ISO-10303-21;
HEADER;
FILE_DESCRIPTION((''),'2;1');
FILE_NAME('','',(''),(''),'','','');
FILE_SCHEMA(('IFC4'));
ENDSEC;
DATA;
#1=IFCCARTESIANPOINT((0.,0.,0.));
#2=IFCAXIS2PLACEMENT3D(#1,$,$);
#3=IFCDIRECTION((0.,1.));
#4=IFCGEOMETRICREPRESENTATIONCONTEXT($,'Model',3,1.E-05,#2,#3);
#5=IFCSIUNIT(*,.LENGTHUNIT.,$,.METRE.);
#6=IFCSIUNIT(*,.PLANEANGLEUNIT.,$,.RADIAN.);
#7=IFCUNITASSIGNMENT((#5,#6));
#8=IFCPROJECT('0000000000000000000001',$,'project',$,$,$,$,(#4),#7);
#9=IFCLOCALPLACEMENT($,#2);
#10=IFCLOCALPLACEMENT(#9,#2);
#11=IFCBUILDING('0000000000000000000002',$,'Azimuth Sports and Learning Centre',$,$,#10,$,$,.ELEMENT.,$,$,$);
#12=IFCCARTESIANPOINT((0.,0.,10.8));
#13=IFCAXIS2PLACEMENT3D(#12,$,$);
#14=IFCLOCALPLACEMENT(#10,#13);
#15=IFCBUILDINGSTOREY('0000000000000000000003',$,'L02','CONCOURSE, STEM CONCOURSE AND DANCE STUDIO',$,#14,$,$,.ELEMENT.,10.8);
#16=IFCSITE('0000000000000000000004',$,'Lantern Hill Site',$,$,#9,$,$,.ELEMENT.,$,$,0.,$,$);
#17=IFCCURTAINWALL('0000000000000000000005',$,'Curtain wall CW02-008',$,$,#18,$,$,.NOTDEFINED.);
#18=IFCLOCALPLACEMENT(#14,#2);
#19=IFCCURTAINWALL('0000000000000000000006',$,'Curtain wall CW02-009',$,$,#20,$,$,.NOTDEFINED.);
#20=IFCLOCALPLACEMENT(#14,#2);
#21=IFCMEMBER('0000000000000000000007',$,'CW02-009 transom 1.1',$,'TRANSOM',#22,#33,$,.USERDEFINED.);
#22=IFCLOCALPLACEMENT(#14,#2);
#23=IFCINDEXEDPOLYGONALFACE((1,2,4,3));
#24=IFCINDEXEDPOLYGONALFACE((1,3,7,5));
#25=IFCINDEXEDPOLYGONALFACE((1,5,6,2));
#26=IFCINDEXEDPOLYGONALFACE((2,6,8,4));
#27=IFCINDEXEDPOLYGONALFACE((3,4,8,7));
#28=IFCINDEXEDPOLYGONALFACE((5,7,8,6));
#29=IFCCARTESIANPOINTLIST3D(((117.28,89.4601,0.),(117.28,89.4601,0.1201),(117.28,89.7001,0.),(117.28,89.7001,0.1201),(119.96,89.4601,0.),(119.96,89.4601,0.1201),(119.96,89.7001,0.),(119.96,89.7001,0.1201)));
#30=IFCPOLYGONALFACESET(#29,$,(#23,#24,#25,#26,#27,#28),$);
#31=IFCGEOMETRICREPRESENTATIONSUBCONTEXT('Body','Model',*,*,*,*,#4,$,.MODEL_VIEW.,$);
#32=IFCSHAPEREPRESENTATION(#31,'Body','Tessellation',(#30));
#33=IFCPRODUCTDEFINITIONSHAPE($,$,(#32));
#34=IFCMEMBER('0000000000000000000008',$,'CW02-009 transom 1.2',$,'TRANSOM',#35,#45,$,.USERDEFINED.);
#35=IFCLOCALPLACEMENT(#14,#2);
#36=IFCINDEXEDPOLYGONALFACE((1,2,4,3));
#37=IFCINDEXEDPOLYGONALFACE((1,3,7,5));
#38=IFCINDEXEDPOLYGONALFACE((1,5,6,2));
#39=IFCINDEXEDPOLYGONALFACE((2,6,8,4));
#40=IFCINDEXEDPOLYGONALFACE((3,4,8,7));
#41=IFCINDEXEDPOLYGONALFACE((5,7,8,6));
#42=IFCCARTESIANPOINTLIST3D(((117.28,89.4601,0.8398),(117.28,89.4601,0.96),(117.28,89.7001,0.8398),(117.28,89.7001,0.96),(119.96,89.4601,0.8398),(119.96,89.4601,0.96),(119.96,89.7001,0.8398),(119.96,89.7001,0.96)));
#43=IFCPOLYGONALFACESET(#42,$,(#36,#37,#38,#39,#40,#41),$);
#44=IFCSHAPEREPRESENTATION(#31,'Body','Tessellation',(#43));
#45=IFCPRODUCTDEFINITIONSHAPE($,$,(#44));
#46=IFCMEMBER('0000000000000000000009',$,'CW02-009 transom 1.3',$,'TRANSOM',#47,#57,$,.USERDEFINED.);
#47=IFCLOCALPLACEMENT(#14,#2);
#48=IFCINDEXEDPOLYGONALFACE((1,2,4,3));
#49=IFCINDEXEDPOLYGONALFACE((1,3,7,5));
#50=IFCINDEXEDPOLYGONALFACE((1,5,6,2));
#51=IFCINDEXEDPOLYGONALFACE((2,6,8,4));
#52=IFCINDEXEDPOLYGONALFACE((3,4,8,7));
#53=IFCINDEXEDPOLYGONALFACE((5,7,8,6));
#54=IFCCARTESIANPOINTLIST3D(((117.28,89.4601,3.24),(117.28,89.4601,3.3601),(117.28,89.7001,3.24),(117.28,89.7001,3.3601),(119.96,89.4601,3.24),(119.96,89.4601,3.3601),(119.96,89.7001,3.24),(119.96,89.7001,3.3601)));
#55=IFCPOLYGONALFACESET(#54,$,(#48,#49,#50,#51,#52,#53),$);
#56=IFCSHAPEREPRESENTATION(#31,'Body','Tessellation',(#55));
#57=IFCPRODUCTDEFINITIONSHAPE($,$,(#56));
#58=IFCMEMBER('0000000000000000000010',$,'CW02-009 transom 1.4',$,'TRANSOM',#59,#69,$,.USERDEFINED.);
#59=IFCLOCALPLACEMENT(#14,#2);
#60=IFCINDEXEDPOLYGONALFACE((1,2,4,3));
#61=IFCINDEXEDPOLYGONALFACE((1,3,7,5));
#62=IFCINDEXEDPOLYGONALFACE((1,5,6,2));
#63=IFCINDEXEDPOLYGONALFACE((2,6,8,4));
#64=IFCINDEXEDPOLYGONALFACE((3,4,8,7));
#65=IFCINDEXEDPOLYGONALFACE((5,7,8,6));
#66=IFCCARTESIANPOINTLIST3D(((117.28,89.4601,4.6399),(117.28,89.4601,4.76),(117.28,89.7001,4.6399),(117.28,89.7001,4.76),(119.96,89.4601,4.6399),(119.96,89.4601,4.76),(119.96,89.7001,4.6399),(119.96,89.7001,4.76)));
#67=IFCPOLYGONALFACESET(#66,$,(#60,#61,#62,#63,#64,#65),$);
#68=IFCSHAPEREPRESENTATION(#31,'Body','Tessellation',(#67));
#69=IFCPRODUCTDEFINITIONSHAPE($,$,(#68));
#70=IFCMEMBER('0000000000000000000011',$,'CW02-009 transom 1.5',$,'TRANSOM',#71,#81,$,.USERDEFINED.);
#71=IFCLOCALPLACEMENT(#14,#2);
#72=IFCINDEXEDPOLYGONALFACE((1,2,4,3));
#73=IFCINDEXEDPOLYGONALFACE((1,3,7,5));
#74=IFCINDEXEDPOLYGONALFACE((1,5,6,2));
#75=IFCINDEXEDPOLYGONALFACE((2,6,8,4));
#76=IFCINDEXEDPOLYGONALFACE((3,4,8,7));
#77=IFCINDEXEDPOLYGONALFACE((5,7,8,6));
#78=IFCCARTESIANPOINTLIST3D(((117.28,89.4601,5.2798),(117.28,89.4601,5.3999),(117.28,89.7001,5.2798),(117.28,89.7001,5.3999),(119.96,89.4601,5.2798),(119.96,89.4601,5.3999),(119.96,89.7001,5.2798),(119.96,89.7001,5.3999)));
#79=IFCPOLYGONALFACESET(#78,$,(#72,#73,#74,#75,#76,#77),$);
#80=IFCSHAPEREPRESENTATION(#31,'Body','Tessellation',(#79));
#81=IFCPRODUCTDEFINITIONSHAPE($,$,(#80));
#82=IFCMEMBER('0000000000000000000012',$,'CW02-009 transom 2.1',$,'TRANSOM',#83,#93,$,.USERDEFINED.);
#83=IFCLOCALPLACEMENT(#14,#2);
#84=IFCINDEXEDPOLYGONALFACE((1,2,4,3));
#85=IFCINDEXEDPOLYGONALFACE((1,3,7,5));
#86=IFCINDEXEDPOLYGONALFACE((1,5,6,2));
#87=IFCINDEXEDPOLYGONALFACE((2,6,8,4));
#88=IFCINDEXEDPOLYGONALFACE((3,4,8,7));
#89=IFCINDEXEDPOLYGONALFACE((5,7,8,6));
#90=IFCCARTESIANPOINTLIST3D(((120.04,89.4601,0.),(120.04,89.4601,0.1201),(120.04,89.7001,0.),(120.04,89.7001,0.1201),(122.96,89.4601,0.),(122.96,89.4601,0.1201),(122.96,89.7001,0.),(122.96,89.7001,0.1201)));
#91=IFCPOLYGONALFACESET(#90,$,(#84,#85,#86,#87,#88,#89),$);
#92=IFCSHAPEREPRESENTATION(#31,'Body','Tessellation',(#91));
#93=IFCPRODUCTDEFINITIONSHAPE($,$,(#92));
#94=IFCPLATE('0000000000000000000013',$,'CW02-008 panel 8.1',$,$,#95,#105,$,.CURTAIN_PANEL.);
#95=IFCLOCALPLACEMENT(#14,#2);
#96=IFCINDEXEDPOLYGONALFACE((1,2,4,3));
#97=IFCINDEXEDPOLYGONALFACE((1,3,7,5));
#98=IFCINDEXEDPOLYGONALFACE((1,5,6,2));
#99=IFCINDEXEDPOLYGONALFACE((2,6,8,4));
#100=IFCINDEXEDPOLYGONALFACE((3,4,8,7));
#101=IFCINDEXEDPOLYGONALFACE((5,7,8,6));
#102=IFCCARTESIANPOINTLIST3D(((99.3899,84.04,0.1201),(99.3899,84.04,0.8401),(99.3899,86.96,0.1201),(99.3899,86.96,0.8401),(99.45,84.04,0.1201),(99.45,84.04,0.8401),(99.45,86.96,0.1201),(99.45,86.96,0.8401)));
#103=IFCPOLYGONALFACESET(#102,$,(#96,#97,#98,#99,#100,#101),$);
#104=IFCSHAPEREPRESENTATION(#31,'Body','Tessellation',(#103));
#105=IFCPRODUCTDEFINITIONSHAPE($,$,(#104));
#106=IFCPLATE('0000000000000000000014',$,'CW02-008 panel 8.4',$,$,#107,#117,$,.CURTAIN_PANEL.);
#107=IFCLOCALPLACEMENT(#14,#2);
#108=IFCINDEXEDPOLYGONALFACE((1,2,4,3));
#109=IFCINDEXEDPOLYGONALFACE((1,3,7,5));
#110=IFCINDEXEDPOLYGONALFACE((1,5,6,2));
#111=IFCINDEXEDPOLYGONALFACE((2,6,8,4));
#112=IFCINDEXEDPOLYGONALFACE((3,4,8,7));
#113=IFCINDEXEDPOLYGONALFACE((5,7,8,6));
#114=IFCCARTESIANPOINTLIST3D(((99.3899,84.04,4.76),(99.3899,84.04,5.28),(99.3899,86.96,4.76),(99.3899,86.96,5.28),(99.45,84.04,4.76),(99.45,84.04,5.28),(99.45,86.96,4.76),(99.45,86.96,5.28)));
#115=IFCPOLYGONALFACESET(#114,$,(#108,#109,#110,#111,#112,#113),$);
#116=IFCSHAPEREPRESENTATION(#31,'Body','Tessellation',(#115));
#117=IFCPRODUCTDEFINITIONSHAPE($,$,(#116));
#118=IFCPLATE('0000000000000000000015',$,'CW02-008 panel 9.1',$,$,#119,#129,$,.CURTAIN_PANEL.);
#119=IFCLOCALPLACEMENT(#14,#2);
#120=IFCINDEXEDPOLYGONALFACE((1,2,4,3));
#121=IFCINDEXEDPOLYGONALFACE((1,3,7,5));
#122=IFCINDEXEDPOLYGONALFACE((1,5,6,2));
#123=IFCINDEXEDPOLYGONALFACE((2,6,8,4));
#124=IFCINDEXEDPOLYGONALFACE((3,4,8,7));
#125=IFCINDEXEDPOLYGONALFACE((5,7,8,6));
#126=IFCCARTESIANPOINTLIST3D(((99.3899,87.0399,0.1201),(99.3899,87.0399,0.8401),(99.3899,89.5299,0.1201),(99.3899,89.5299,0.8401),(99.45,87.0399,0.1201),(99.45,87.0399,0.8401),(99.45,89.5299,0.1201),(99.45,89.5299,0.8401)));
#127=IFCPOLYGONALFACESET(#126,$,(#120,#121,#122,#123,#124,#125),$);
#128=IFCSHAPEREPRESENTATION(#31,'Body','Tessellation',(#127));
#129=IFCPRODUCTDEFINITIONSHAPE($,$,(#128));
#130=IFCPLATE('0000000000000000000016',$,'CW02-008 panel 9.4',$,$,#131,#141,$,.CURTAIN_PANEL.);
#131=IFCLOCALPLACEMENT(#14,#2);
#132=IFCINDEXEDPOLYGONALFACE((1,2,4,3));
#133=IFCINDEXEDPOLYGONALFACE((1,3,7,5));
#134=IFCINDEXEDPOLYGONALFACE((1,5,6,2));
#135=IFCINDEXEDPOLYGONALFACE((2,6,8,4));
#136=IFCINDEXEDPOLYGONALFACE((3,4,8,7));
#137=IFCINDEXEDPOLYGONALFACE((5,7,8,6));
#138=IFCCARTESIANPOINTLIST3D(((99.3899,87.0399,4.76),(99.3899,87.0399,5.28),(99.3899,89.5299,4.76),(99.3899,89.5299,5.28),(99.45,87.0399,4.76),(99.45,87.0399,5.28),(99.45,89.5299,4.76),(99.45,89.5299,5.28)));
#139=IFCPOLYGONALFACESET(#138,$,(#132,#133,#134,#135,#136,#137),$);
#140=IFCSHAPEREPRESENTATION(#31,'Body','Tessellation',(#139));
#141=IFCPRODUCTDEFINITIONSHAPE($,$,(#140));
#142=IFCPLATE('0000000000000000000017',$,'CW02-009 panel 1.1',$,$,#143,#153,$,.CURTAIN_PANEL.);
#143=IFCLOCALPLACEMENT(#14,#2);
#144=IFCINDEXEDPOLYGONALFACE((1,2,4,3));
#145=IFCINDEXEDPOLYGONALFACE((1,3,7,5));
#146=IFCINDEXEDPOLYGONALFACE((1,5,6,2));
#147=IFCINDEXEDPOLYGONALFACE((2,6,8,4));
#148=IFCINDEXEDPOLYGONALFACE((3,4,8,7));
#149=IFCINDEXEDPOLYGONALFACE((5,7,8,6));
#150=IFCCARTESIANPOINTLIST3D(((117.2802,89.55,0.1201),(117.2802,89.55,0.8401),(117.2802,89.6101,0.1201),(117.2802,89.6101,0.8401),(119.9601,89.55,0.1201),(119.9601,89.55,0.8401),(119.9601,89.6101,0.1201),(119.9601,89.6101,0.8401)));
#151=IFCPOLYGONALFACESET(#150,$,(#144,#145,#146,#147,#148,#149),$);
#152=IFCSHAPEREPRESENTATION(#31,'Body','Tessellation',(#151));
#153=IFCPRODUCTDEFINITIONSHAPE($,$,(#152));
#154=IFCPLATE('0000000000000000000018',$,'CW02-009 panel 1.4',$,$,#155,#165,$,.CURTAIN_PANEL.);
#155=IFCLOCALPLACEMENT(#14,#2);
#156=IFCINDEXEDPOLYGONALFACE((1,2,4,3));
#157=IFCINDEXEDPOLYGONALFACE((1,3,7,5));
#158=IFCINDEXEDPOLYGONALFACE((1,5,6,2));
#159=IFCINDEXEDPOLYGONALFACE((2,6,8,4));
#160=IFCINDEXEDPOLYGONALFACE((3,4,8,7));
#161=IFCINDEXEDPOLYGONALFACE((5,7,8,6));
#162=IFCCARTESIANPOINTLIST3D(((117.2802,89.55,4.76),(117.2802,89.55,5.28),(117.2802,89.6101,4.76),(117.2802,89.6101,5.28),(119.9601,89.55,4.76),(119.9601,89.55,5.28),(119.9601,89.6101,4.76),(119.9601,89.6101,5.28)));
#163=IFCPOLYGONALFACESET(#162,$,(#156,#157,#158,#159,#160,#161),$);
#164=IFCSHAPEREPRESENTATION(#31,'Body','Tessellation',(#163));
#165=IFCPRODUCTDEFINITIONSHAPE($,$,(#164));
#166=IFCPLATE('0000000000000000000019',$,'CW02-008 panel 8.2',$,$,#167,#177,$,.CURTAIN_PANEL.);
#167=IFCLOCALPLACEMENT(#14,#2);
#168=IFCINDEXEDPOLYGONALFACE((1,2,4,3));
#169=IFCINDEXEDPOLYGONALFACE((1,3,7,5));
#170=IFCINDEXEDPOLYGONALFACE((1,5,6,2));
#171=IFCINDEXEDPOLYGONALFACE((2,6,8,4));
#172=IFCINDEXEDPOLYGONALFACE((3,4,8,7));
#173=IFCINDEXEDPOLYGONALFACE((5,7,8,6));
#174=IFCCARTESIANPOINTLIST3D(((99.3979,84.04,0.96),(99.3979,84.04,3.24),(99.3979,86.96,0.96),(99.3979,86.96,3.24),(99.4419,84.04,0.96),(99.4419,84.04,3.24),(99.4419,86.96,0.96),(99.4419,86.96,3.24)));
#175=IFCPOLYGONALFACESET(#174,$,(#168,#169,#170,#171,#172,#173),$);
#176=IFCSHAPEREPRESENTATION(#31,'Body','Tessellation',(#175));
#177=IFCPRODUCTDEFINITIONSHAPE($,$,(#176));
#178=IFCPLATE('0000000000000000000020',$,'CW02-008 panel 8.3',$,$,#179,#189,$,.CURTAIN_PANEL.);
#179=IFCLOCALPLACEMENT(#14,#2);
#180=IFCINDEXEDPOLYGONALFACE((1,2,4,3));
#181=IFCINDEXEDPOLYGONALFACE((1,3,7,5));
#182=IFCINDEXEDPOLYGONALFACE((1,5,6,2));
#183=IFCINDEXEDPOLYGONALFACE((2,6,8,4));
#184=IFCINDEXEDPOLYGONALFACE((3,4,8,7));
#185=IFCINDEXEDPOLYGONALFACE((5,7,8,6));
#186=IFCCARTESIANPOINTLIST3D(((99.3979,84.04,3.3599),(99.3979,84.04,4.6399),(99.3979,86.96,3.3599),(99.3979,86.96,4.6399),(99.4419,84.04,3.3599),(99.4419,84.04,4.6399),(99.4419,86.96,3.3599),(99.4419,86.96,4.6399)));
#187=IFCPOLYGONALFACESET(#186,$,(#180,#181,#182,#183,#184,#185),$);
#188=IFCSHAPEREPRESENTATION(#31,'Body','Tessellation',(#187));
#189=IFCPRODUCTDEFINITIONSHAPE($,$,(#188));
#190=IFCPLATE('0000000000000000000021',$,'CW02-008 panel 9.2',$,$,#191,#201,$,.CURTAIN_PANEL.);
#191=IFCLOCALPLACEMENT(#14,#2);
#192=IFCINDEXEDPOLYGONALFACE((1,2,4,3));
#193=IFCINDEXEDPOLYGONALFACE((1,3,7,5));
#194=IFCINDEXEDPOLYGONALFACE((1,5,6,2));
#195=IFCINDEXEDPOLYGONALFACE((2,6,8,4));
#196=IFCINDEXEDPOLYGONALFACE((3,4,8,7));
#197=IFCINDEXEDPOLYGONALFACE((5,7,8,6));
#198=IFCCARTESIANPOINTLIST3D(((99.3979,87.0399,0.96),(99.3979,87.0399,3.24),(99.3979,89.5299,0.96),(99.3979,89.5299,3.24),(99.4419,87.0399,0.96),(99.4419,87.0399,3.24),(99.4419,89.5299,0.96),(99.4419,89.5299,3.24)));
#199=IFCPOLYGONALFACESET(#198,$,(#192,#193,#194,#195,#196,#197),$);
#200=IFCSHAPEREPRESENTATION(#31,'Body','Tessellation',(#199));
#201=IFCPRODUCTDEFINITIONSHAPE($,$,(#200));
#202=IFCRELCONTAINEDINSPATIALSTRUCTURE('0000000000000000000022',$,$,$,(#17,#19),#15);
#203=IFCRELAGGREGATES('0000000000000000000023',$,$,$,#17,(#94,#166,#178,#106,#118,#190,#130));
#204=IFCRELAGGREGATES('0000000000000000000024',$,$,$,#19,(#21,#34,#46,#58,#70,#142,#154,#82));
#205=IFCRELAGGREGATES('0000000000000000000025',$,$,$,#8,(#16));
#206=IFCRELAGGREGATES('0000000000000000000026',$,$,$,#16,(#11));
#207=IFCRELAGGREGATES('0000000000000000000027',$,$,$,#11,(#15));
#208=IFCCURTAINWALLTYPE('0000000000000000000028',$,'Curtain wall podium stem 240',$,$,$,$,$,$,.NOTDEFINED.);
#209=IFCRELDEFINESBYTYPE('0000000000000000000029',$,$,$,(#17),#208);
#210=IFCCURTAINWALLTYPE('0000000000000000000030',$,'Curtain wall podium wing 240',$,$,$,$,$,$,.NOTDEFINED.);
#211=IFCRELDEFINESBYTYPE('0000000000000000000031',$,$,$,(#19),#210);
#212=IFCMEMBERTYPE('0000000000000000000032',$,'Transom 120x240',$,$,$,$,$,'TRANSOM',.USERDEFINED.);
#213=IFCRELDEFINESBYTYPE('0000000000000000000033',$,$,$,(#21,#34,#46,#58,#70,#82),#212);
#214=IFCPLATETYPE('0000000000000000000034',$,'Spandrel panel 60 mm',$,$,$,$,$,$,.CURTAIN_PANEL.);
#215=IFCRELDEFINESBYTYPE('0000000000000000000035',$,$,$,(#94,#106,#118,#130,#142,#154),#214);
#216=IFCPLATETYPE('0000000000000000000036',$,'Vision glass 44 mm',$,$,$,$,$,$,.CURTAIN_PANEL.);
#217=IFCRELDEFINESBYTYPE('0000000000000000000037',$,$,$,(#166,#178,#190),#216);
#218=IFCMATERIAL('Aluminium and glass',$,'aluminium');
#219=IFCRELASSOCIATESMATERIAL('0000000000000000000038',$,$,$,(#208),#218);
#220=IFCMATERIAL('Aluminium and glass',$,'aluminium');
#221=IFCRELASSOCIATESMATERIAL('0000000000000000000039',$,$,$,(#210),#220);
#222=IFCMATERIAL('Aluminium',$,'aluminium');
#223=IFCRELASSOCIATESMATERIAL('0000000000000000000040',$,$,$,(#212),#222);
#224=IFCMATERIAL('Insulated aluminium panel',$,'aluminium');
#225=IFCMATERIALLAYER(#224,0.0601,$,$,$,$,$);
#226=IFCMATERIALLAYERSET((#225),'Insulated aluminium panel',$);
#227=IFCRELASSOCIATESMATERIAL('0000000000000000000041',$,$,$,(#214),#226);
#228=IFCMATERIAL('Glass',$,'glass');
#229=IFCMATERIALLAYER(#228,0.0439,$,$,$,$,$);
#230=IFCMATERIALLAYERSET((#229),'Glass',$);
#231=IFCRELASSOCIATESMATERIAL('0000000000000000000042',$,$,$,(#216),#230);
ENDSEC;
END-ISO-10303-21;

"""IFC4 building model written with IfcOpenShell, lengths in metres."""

from ifc_helpers import new_model, si_unit, direction, frame, origin, origin_2d, place, context, subcontext, project, spatial, rectangle, extrude, material, layer, layer_set, material_profile, profile_set, type_object, element, aggregate, save


model = new_model("IFC4")

# Units and contexts
model_context = context("Model", 3, precision=1e-05, world=origin(), true_north=direction((0.0, 1.0)))
body_context = subcontext(model_context, "Body", "Model", "MODEL_VIEW")
ifc_project = project(units=[si_unit("LENGTHUNIT", "METRE"), si_unit("PLANEANGLEUNIT", "RADIAN")], contexts=[model_context])

# Site, building, storey
site_placement = place(None, origin())
site = spatial("IfcSite", under=ifc_project, at=site_placement, Name="Lantern Hill Site", CompositionType="ELEMENT", RefElevation=0.0)
building_placement = place(site_placement, origin())
building = spatial("IfcBuilding", under=site, at=building_placement, Name="Azimuth Sports and Learning Centre", CompositionType="ELEMENT")
storey_placement = place(building_placement, frame((0.0, 0.0, 10.8)))
storey = spatial("IfcBuildingStorey", under=building, at=storey_placement, Name="L02", Description="CONCOURSE, STEM CONCOURSE AND DANCE STUDIO", CompositionType="ELEMENT", Elevation=10.8)

# Curtain walls
ifc_material_1 = material(Name="Aluminium and glass", Category="aluminium")
curtain_wall_type_1 = type_object("IfcCurtainWallType", Name="Curtain wall podium stem 240", PredefinedType="NOTDEFINED", material=ifc_material_1)
curtain_wall_1_placement = place(storey_placement, origin())
curtain_wall_1 = element("IfcCurtainWall", 1, at=curtain_wall_1_placement, inside=storey, type_object=curtain_wall_type_1, Name="Curtain wall CW02-008", PredefinedType="NOTDEFINED")
ifc_material_2 = material(Name="Aluminium and glass", Category="aluminium")
curtain_wall_type_2 = type_object("IfcCurtainWallType", Name="Curtain wall podium wing 240", PredefinedType="NOTDEFINED", material=ifc_material_2)
curtain_wall_2_placement = place(storey_placement, origin())
curtain_wall_2 = element("IfcCurtainWall", 2, at=curtain_wall_2_placement, inside=storey, type_object=curtain_wall_type_2, Name="Curtain wall CW02-009", PredefinedType="NOTDEFINED")

# Members
ifc_material_3 = material(Name="Aluminium", Category="aluminium")
ifc_material_profile_1 = material_profile(ifc_material_3, rectangle(XDim=0.24, YDim=0.1201, at=origin_2d()), Name="Transom 120x240")
ifc_profile_set_1 = profile_set([ifc_material_profile_1], Name="Aluminium")
member_type_1 = type_object("IfcMemberType", Name="Transom 120x240", ElementType="TRANSOM", PredefinedType="USERDEFINED", material=ifc_profile_set_1)
member_1_placement = place(storey_placement, frame((117.28, 89.5801, 0.0601), z_axis=(1.0, 0.0, 0.0), x_axis=(0.0, 1.0, 0.0)))
member_1 = element("IfcMember", 3, at=member_1_placement, type_object=member_type_1, Name="CW02-009 transom 1.1", ObjectType="TRANSOM", PredefinedType="USERDEFINED", context=body_context, shape_type="SweptSolid", body=[
    extrude(rectangle(XDim=0.24, YDim=0.1201, at=origin_2d()), origin(), (0.0, 0.0, 1.0), 2.6799),
])
member_2_placement = place(storey_placement, frame((117.28, 89.5801, 0.8999), z_axis=(1.0, 0.0, 0.0), x_axis=(0.0, 1.0, 0.0)))
member_2 = element("IfcMember", 4, at=member_2_placement, type_object=member_type_1, Name="CW02-009 transom 1.2", ObjectType="TRANSOM", PredefinedType="USERDEFINED", context=body_context, shape_type="SweptSolid", body=[
    extrude(rectangle(XDim=0.24, YDim=0.1201, at=origin_2d()), origin(), (0.0, 0.0, 1.0), 2.6799),
])
member_3_placement = place(storey_placement, frame((117.28, 89.5801, 3.3), z_axis=(1.0, 0.0, 0.0), x_axis=(0.0, 1.0, 0.0)))
member_3 = element("IfcMember", 5, at=member_3_placement, type_object=member_type_1, Name="CW02-009 transom 1.3", ObjectType="TRANSOM", PredefinedType="USERDEFINED", context=body_context, shape_type="SweptSolid", body=[
    extrude(rectangle(XDim=0.24, YDim=0.1201, at=origin_2d()), origin(), (0.0, 0.0, 1.0), 2.6799),
])
member_4_placement = place(storey_placement, frame((117.28, 89.5801, 4.7), z_axis=(1.0, 0.0, 0.0), x_axis=(0.0, 1.0, 0.0)))
member_4 = element("IfcMember", 6, at=member_4_placement, type_object=member_type_1, Name="CW02-009 transom 1.4", ObjectType="TRANSOM", PredefinedType="USERDEFINED", context=body_context, shape_type="SweptSolid", body=[
    extrude(rectangle(XDim=0.24, YDim=0.1201, at=origin_2d()), origin(), (0.0, 0.0, 1.0), 2.6799),
])
member_5_placement = place(storey_placement, frame((117.28, 89.5801, 5.3398), z_axis=(1.0, 0.0, 0.0), x_axis=(0.0, 1.0, 0.0)))
member_5 = element("IfcMember", 7, at=member_5_placement, type_object=member_type_1, Name="CW02-009 transom 1.5", ObjectType="TRANSOM", PredefinedType="USERDEFINED", context=body_context, shape_type="SweptSolid", body=[
    extrude(rectangle(XDim=0.24, YDim=0.1201, at=origin_2d()), origin(), (0.0, 0.0, 1.0), 2.6799),
])
member_6_placement = place(storey_placement, frame((120.04, 89.5801, 0.0601), z_axis=(1.0, 0.0, 0.0), x_axis=(0.0, 1.0, 0.0)))
member_6 = element("IfcMember", 8, at=member_6_placement, type_object=member_type_1, Name="CW02-009 transom 2.1", ObjectType="TRANSOM", PredefinedType="USERDEFINED", context=body_context, shape_type="SweptSolid", body=[
    extrude(rectangle(XDim=0.24, YDim=0.1201, at=origin_2d()), origin(), (0.0, 0.0, 1.0), 2.9199),
])

# Plates
ifc_material_4 = material(Name="Insulated aluminium panel", Category="aluminium")
ifc_layer_1 = layer(ifc_material_4, 0.0601)
ifc_layer_set_1 = layer_set([ifc_layer_1], Name="Insulated aluminium panel")
plate_type_1 = type_object("IfcPlateType", Name="Spandrel panel 60 mm", PredefinedType="CURTAIN_PANEL", material=ifc_layer_set_1)
plate_1_placement = place(storey_placement, frame((99.4199, 85.5, 0.1201), z_axis=(0.0, 0.0, 1.0), x_axis=(0.0, 1.0, 0.0)))
plate_1 = element("IfcPlate", 9, at=plate_1_placement, type_object=plate_type_1, Name="CW02-008 panel 8.1", PredefinedType="CURTAIN_PANEL", context=body_context, shape_type="SweptSolid", body=[
    extrude(rectangle(XDim=2.9199, YDim=0.0601, at=origin_2d()), origin(), (0.0, 0.0, 1.0), 0.72),
])
plate_2_placement = place(storey_placement, frame((99.4199, 85.5, 4.76), z_axis=(0.0, 0.0, 1.0), x_axis=(0.0, 1.0, 0.0)))
plate_2 = element("IfcPlate", 10, at=plate_2_placement, type_object=plate_type_1, Name="CW02-008 panel 8.4", PredefinedType="CURTAIN_PANEL", context=body_context, shape_type="SweptSolid", body=[
    extrude(rectangle(XDim=2.9199, YDim=0.0601, at=origin_2d()), origin(), (0.0, 0.0, 1.0), 0.52),
])
plate_3_placement = place(storey_placement, frame((99.4199, 88.2849, 0.1201), z_axis=(0.0, 0.0, 1.0), x_axis=(0.0, 1.0, 0.0)))
plate_3 = element("IfcPlate", 11, at=plate_3_placement, type_object=plate_type_1, Name="CW02-008 panel 9.1", PredefinedType="CURTAIN_PANEL", context=body_context, shape_type="SweptSolid", body=[
    extrude(rectangle(XDim=2.49, YDim=0.0601, at=origin_2d()), origin(), (0.0, 0.0, 1.0), 0.72),
])
plate_4_placement = place(storey_placement, frame((99.4199, 88.2849, 4.76), z_axis=(0.0, 0.0, 1.0), x_axis=(0.0, 1.0, 0.0)))
plate_4 = element("IfcPlate", 12, at=plate_4_placement, type_object=plate_type_1, Name="CW02-008 panel 9.4", PredefinedType="CURTAIN_PANEL", context=body_context, shape_type="SweptSolid", body=[
    extrude(rectangle(XDim=2.49, YDim=0.0601, at=origin_2d()), origin(), (0.0, 0.0, 1.0), 0.52),
])
plate_5_placement = place(storey_placement, frame((118.6201, 89.5801, 0.1201), z_axis=(0.0, 0.0, 1.0), x_axis=(1.0, 0.0, 0.0)))
plate_5 = element("IfcPlate", 13, at=plate_5_placement, type_object=plate_type_1, Name="CW02-009 panel 1.1", PredefinedType="CURTAIN_PANEL", context=body_context, shape_type="SweptSolid", body=[
    extrude(rectangle(XDim=2.6799, YDim=0.0601, at=origin_2d()), origin(), (0.0, 0.0, 1.0), 0.72),
])
plate_6_placement = place(storey_placement, frame((118.6201, 89.5801, 4.76), z_axis=(0.0, 0.0, 1.0), x_axis=(1.0, 0.0, 0.0)))
plate_6 = element("IfcPlate", 14, at=plate_6_placement, type_object=plate_type_1, Name="CW02-009 panel 1.4", PredefinedType="CURTAIN_PANEL", context=body_context, shape_type="SweptSolid", body=[
    extrude(rectangle(XDim=2.6799, YDim=0.0601, at=origin_2d()), origin(), (0.0, 0.0, 1.0), 0.52),
])
ifc_material_5 = material(Name="Glass", Category="glass")
ifc_layer_2 = layer(ifc_material_5, 0.0439)
ifc_layer_set_2 = layer_set([ifc_layer_2], Name="Glass")
plate_type_2 = type_object("IfcPlateType", Name="Vision glass 44 mm", PredefinedType="CURTAIN_PANEL", material=ifc_layer_set_2)
plate_7_placement = place(storey_placement, frame((99.4199, 85.5, 0.96), z_axis=(0.0, 0.0, 1.0), x_axis=(0.0, 1.0, 0.0)))
plate_7 = element("IfcPlate", 15, at=plate_7_placement, type_object=plate_type_2, Name="CW02-008 panel 8.2", PredefinedType="CURTAIN_PANEL", context=body_context, shape_type="SweptSolid", body=[
    extrude(rectangle(XDim=2.9199, YDim=0.0439, at=origin_2d()), origin(), (0.0, 0.0, 1.0), 2.28),
])
plate_8_placement = place(storey_placement, frame((99.4199, 85.5, 3.3599), z_axis=(0.0, 0.0, 1.0), x_axis=(0.0, 1.0, 0.0)))
plate_8 = element("IfcPlate", 16, at=plate_8_placement, type_object=plate_type_2, Name="CW02-008 panel 8.3", PredefinedType="CURTAIN_PANEL", context=body_context, shape_type="SweptSolid", body=[
    extrude(rectangle(XDim=2.9199, YDim=0.0439, at=origin_2d()), origin(), (0.0, 0.0, 1.0), 1.28),
])
plate_9_placement = place(storey_placement, frame((99.4199, 88.2849, 0.96), z_axis=(0.0, 0.0, 1.0), x_axis=(0.0, 1.0, 0.0)))
plate_9 = element("IfcPlate", 17, at=plate_9_placement, type_object=plate_type_2, Name="CW02-008 panel 9.2", PredefinedType="CURTAIN_PANEL", context=body_context, shape_type="SweptSolid", body=[
    extrude(rectangle(XDim=2.49, YDim=0.0439, at=origin_2d()), origin(), (0.0, 0.0, 1.0), 2.28),
])
aggregate(curtain_wall_1, [plate_1, plate_7, plate_8, plate_2, plate_3, plate_9, plate_4])
aggregate(curtain_wall_2, [member_1, member_2, member_3, member_4, member_5, plate_5, plate_6, member_6])

save(model, "model.ifc")
